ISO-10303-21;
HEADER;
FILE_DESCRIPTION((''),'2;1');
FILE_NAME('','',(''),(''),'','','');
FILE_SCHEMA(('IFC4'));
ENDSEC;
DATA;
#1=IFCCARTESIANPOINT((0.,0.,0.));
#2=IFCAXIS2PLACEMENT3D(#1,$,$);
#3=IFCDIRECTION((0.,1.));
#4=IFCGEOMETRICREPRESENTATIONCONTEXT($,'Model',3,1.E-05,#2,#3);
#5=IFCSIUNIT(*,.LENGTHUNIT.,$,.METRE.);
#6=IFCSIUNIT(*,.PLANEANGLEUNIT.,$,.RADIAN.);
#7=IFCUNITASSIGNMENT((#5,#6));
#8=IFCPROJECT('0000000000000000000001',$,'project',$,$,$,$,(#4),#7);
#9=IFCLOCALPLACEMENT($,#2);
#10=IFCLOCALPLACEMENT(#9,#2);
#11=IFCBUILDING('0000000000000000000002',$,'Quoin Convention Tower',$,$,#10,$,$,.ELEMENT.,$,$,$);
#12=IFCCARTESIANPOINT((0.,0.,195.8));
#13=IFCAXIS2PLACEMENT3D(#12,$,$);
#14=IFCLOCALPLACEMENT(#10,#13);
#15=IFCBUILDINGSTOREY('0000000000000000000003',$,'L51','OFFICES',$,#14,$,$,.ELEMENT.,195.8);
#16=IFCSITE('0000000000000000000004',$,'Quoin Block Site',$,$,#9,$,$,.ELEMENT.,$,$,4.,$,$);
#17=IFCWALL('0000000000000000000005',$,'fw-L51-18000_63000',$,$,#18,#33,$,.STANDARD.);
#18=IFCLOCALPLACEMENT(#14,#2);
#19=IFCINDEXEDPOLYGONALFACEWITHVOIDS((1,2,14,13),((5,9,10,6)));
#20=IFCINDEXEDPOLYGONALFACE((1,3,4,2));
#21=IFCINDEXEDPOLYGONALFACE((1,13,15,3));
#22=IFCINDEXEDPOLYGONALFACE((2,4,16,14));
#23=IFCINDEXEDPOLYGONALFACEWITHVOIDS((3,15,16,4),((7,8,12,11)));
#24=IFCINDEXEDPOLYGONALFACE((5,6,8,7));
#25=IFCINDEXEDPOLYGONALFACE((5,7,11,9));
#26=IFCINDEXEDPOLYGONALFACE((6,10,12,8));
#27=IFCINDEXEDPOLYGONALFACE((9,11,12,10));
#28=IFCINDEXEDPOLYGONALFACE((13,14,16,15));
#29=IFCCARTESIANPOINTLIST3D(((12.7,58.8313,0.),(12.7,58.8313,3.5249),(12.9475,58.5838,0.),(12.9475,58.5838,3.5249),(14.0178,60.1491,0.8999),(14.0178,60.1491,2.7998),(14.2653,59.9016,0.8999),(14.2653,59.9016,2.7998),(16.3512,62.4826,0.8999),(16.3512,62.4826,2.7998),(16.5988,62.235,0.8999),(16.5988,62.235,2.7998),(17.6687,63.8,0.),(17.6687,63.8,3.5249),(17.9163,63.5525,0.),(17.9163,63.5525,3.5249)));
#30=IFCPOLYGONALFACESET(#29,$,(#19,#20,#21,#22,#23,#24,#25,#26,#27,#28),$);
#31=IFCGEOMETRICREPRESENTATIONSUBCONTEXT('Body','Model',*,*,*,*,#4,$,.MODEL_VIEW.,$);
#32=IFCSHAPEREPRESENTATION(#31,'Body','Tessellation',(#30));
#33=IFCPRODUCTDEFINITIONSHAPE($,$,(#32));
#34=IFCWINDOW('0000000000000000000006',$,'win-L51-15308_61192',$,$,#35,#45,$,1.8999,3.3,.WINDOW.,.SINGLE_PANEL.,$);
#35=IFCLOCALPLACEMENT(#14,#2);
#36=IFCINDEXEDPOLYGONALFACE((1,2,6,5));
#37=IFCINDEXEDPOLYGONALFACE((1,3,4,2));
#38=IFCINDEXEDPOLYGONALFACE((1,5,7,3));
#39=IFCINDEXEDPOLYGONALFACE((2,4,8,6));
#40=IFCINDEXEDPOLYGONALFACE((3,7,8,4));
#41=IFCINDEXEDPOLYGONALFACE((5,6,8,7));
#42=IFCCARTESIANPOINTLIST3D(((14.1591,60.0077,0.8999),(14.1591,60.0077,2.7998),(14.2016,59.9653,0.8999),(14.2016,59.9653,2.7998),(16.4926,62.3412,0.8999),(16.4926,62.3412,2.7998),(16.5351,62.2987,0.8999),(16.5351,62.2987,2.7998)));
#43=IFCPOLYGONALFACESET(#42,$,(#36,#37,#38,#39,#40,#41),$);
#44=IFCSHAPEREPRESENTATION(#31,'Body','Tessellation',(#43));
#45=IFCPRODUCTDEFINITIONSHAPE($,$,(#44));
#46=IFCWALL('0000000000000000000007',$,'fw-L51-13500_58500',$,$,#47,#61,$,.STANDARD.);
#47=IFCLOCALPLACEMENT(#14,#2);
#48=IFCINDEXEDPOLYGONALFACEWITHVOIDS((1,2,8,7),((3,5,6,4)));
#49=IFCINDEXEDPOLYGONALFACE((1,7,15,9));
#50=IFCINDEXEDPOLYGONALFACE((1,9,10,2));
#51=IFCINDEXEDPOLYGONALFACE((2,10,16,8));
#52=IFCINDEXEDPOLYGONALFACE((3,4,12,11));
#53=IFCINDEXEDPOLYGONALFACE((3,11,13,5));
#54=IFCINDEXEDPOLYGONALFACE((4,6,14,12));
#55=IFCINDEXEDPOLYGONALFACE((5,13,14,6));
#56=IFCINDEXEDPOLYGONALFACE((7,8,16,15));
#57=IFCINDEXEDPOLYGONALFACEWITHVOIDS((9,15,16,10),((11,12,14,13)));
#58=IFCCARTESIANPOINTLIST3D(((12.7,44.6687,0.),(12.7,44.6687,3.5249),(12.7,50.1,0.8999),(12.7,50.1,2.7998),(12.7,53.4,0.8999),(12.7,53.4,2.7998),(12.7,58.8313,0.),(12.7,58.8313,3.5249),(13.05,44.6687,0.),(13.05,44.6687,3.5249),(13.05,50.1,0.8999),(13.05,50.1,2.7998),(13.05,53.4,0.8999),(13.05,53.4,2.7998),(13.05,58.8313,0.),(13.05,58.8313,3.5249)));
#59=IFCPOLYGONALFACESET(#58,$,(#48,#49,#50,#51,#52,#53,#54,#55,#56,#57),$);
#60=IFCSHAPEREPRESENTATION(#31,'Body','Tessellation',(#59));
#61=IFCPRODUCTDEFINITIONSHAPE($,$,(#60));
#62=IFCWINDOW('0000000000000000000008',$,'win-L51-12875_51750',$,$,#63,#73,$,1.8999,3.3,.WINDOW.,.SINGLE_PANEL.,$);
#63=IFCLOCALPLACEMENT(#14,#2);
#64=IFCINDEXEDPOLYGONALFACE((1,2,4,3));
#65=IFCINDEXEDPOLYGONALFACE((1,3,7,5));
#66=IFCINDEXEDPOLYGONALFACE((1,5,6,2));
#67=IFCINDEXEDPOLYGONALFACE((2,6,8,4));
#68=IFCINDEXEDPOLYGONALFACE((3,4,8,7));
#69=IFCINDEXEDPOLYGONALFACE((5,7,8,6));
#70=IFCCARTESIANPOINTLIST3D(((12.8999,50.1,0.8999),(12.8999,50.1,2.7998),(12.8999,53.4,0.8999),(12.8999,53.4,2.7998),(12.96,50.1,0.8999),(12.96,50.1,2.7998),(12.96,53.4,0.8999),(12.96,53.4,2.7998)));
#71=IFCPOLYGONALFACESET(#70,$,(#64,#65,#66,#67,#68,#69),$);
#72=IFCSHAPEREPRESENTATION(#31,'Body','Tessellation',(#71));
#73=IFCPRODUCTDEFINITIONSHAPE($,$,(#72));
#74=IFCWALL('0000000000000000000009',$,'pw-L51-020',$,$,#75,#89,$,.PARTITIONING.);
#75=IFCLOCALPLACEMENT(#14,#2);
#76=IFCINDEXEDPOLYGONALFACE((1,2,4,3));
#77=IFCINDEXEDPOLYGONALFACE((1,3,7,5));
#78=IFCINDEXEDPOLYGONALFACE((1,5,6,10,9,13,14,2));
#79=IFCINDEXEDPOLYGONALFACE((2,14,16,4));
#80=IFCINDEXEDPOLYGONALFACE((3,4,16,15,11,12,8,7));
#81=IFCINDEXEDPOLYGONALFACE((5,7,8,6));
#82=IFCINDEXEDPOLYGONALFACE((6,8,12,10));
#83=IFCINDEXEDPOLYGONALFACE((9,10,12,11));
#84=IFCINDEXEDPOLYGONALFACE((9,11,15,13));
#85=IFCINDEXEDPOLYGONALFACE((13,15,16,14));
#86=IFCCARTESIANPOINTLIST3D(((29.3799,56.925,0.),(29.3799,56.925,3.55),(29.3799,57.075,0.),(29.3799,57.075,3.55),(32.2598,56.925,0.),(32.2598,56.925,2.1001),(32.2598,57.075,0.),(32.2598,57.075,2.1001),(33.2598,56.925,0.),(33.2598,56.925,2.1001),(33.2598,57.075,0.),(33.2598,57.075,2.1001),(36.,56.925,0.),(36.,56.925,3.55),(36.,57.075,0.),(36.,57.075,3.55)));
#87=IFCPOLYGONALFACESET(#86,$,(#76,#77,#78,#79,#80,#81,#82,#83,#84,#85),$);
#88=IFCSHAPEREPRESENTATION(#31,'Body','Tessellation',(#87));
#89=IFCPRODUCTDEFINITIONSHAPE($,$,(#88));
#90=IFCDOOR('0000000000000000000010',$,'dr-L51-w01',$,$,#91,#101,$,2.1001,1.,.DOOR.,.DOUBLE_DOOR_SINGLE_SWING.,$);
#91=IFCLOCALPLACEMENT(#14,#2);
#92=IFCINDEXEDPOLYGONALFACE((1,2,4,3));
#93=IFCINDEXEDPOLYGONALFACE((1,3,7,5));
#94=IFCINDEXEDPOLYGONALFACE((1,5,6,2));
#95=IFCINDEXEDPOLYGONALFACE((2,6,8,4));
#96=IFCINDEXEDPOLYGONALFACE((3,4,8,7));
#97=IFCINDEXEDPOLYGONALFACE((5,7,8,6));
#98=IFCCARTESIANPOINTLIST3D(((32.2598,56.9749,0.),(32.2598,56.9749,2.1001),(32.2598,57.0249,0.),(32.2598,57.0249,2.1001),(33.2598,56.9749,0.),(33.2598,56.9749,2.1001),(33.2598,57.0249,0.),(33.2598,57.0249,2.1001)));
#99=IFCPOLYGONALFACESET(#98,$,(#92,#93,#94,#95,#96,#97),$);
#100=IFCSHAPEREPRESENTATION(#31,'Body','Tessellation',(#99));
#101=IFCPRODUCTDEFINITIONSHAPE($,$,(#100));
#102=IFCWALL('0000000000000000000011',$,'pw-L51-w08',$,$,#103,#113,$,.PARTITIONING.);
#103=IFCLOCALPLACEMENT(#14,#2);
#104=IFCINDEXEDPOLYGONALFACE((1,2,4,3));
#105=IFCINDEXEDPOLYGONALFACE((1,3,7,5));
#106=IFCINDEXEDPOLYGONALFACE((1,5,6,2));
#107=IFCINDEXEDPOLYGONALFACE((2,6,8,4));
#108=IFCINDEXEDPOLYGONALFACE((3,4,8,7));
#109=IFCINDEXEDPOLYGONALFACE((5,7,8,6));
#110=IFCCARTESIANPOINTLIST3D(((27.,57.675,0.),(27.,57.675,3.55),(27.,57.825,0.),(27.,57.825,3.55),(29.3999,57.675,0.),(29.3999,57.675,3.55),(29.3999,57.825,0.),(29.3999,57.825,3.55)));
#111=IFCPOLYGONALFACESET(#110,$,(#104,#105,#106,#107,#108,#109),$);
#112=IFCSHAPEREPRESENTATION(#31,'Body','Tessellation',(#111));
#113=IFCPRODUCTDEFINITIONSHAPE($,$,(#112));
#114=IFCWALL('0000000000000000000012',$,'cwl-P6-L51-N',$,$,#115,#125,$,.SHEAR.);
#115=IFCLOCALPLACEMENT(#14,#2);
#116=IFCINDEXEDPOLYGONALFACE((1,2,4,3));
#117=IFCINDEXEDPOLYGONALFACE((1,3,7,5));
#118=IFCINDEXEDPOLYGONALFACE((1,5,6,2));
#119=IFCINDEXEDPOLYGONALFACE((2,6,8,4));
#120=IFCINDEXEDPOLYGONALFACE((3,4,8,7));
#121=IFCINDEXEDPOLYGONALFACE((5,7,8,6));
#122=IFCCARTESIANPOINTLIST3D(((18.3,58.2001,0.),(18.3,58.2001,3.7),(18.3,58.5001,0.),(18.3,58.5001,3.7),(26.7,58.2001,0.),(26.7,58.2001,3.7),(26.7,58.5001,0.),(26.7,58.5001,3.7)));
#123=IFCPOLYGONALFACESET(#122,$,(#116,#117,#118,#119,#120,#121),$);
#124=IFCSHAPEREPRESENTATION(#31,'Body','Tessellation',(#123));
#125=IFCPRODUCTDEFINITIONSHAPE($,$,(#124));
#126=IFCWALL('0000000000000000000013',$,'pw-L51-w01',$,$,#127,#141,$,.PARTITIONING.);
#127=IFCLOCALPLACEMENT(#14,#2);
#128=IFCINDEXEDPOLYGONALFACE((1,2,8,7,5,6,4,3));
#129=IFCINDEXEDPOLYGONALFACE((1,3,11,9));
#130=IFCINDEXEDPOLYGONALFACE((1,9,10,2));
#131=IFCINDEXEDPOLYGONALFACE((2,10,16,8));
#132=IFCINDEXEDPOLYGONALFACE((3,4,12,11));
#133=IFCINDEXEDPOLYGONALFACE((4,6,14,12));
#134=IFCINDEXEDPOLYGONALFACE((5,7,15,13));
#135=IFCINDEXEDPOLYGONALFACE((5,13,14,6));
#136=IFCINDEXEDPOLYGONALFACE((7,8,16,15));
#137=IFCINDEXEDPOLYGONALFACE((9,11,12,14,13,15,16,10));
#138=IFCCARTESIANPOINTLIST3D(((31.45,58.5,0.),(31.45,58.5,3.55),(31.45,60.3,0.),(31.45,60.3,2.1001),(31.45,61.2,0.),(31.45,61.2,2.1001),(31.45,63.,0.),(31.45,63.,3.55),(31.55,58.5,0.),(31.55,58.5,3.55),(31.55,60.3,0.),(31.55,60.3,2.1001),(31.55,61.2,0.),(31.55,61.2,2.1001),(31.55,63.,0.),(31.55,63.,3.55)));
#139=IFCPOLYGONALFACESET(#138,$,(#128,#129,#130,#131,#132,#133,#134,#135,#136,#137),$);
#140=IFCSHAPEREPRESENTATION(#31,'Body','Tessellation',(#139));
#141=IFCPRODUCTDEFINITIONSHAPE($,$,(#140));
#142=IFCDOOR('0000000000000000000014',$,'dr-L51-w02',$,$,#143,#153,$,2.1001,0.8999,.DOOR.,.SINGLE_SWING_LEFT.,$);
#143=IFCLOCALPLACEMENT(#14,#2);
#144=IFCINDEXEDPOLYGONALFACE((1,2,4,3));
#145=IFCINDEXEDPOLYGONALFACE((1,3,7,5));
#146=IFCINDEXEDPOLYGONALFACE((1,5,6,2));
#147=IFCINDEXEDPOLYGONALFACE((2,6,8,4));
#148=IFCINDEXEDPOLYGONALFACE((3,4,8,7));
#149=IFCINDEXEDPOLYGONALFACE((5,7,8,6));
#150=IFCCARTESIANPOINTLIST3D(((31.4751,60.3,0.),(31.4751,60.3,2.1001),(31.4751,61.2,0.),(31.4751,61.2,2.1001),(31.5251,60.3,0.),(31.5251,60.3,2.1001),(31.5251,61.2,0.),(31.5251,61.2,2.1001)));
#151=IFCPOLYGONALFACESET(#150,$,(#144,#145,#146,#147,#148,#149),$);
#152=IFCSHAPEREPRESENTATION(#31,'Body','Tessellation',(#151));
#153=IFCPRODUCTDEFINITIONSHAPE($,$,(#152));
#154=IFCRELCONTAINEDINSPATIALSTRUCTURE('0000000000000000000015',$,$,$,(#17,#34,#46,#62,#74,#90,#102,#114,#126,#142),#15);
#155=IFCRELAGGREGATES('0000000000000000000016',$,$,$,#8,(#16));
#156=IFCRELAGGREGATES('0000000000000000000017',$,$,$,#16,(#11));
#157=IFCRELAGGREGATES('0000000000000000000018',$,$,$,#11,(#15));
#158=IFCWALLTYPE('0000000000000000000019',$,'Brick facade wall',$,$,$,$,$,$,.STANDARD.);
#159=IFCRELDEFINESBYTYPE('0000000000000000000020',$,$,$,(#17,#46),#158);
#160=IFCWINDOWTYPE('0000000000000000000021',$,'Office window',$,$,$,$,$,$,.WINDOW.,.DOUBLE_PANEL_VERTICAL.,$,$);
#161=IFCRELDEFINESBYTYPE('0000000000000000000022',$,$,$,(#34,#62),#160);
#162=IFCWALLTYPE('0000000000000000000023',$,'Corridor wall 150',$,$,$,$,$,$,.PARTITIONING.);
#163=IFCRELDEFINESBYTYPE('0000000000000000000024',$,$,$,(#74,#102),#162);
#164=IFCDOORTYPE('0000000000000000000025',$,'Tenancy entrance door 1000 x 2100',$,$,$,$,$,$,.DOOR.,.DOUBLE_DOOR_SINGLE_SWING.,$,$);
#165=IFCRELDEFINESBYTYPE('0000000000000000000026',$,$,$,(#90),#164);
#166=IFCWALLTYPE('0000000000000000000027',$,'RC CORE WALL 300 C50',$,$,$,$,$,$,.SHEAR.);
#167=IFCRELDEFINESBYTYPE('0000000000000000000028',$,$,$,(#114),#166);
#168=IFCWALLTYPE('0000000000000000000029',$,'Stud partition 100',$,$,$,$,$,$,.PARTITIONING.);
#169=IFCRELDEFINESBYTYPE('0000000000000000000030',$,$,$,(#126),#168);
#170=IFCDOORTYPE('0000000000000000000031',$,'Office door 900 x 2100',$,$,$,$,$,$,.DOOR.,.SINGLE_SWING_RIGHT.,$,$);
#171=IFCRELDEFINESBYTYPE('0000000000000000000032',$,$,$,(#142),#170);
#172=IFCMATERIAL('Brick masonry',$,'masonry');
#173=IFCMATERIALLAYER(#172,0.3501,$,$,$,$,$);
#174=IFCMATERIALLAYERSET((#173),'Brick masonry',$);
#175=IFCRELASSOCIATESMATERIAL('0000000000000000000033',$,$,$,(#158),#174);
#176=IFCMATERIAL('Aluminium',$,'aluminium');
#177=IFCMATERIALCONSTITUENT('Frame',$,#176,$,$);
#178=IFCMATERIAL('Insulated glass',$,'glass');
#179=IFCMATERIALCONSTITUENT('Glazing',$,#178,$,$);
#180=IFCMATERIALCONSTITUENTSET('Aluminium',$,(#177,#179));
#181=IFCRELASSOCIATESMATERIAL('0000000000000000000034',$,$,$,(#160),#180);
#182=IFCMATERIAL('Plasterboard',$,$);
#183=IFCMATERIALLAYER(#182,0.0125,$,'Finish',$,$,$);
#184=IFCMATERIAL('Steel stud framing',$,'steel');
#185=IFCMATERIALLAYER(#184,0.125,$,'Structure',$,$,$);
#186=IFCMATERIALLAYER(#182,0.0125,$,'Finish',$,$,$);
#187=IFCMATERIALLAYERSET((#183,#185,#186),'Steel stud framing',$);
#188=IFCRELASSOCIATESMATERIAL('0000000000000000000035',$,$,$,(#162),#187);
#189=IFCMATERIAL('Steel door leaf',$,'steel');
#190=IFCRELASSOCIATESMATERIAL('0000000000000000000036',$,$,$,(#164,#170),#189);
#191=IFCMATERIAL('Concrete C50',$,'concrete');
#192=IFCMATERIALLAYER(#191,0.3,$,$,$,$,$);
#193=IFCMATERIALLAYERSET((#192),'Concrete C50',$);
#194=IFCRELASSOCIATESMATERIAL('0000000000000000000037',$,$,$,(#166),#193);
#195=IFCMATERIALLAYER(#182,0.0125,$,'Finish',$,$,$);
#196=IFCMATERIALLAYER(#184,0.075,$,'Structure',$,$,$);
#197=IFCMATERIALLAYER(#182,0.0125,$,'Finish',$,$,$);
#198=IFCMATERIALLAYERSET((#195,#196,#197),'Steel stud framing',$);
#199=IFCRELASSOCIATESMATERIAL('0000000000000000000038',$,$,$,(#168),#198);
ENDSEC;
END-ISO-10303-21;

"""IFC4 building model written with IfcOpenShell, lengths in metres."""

from ifc_helpers import new_model, si_unit, direction, frame, frame_2d, origin, place, context, subcontext, project, spatial, rectangle, extrude, material, layer, layer_set, constituent, constituent_set, type_object, element, fill, save


model = new_model("IFC4")

# Units and contexts
model_context = context("Model", 3, precision=1e-05, world=origin(), true_north=direction((0.0, 1.0)))
body_context = subcontext(model_context, "Body", "Model", "MODEL_VIEW")
ifc_project = project(units=[si_unit("LENGTHUNIT", "METRE"), si_unit("PLANEANGLEUNIT", "RADIAN")], contexts=[model_context])

# Site, building, storey
site_placement = place(None, origin())
site = spatial("IfcSite", under=ifc_project, at=site_placement, Name="Quoin Block Site", CompositionType="ELEMENT", RefElevation=4.0)
building_placement = place(site_placement, origin())
building = spatial("IfcBuilding", under=site, at=building_placement, Name="Quoin Convention Tower", CompositionType="ELEMENT")
storey_placement = place(building_placement, frame((0.0, 0.0, 195.8)))
storey = spatial("IfcBuildingStorey", under=building, at=storey_placement, Name="L51", Description="OFFICES", CompositionType="ELEMENT", Elevation=195.8)

# Shared definitions
ifc_material_1 = material(Name="Concrete C50", Category="concrete")

# Walls, openings, windows
ifc_material_2 = material(Name="Brick masonry", Category="masonry")
ifc_layer_1 = layer(ifc_material_2, 0.3501)
ifc_layer_set_1 = layer_set([ifc_layer_1], Name="Brick masonry")
wall_type_1 = type_object("IfcWallType", Name="Brick facade wall", PredefinedType="STANDARD", material=ifc_layer_set_1)
ifc_material_3 = material(Name="Aluminium", Category="aluminium")
ifc_constituent_1 = constituent(ifc_material_3, Name="Frame")
ifc_material_4 = material(Name="Insulated glass", Category="glass")
ifc_constituent_2 = constituent(ifc_material_4, Name="Glazing")
ifc_constituent_set = constituent_set(constituents=[ifc_constituent_1, ifc_constituent_2], Name="Aluminium")
window_type = type_object("IfcWindowType", Name="Office window", PartitioningType="DOUBLE_PANEL_VERTICAL", PredefinedType="WINDOW", material=ifc_constituent_set)
wall_1_placement = place(storey_placement, frame((17.7925, 63.6763, 0.0), z_axis=(0.0, 0.0, 1.0), x_axis=(-0.707107, -0.707107, 0.0)))
wall_1 = element("IfcWall", 1, at=wall_1_placement, inside=storey, type_object=wall_type_1, Name="fw-L51-18000_63000", PredefinedType="STANDARD", context=body_context, shape_type="SweptSolid", body=[
    extrude(rectangle(XDim=7.0269, YDim=0.3501, at=frame_2d((3.5134, 0.0))), origin(), (0.0, 0.0, 1.0), 3.5249),
])
opening_1_placement = place(wall_1_placement, frame((1.8633, 0.0, 0.8999)))
opening_1 = element("IfcOpeningElement", 2, at=opening_1_placement, cuts=wall_1, PredefinedType="OPENING", context=body_context, shape_type="SweptSolid", body=[
    extrude(rectangle(XDim=3.3, YDim=1.8999, at=frame_2d((1.6499, 0.95))), frame((0.0, 0.1851, 0.0), z_axis=(0.0, -1.0, 0.0), x_axis=(1.0, 0.0, 0.0)), (0.0, 0.0, 1.0), 0.3701),
])
window_1_placement = place(opening_1_placement, origin())
window_1 = element("IfcWindow", 3, at=window_1_placement, inside=storey, type_object=window_type, Name="win-L51-15308_61192", OverallHeight=1.8999, OverallWidth=3.3, PartitioningType="SINGLE_PANEL", PredefinedType="WINDOW", context=body_context, shape_type="SweptSolid", body=[
    extrude(rectangle(XDim=3.3, YDim=1.8999, at=frame_2d((1.6499, 0.95))), frame((0.0, 0.085, 0.0), z_axis=(0.0, -1.0, 0.0), x_axis=(1.0, 0.0, 0.0)), (0.0, 0.0, 1.0), 0.0601),
])
fill(opening_1, window_1)
wall_2_placement = place(storey_placement, frame((12.875, 58.8313, 0.0), z_axis=(0.0, 0.0, 1.0), x_axis=(0.0, -1.0, 0.0)))
wall_2 = element("IfcWall", 4, at=wall_2_placement, inside=storey, type_object=wall_type_1, Name="fw-L51-13500_58500", PredefinedType="STANDARD", context=body_context, shape_type="SweptSolid", body=[
    extrude(rectangle(XDim=14.1626, YDim=0.3501, at=frame_2d((7.0813, 0.0))), origin(), (0.0, 0.0, 1.0), 3.5249),
])
opening_2_placement = place(wall_2_placement, frame((5.4314, 0.0, 0.8999)))
opening_2 = element("IfcOpeningElement", 5, at=opening_2_placement, cuts=wall_2, PredefinedType="OPENING", context=body_context, shape_type="SweptSolid", body=[
    extrude(rectangle(XDim=3.3, YDim=1.8999, at=frame_2d((1.6499, 0.95))), frame((0.0, 0.1851, 0.0), z_axis=(0.0, -1.0, 0.0), x_axis=(1.0, 0.0, 0.0)), (0.0, 0.0, 1.0), 0.3701),
])
window_2_placement = place(opening_2_placement, origin())
window_2 = element("IfcWindow", 6, at=window_2_placement, inside=storey, type_object=window_type, Name="win-L51-12875_51750", OverallHeight=1.8999, OverallWidth=3.3, PartitioningType="SINGLE_PANEL", PredefinedType="WINDOW", context=body_context, shape_type="SweptSolid", body=[
    extrude(rectangle(XDim=3.3, YDim=1.8999, at=frame_2d((1.6499, 0.95))), frame((0.0, 0.085, 0.0), z_axis=(0.0, -1.0, 0.0), x_axis=(1.0, 0.0, 0.0)), (0.0, 0.0, 1.0), 0.0601),
])
fill(opening_2, window_2)

# Wall, opening, door
ifc_material_5 = material(Name="Plasterboard")
ifc_layer_2 = layer(ifc_material_5, 0.0125, Name="Finish")
ifc_material_6 = material(Name="Steel stud framing", Category="steel")
ifc_layer_3 = layer(ifc_material_6, 0.125, Name="Structure")
ifc_layer_4 = layer(ifc_material_5, 0.0125, Name="Finish")
ifc_layer_set_2 = layer_set([ifc_layer_2, ifc_layer_3, ifc_layer_4], Name="Steel stud framing")
wall_type_2 = type_object("IfcWallType", Name="Corridor wall 150", PredefinedType="PARTITIONING", material=ifc_layer_set_2)
wall_3_placement = place(storey_placement, frame((29.3799, 57.0, 0.0), z_axis=(0.0, 0.0, 1.0), x_axis=(1.0, 0.0, 0.0)))
wall_3 = element("IfcWall", 7, at=wall_3_placement, inside=storey, type_object=wall_type_2, Name="pw-L51-020", PredefinedType="PARTITIONING", context=body_context, shape_type="SweptSolid", body=[
    extrude(rectangle(XDim=6.6201, YDim=0.1499, at=frame_2d((3.3101, 0.0))), origin(), (0.0, 0.0, 1.0), 3.55),
])
opening_3_placement = place(wall_3_placement, frame((2.8799, 0.0, 0.0)))
opening_3 = element("IfcOpeningElement", 8, at=opening_3_placement, cuts=wall_3, PredefinedType="OPENING", context=body_context, shape_type="SweptSolid", body=[
    extrude(rectangle(XDim=1.0, YDim=2.1001, at=frame_2d((0.5, 1.05))), frame((0.0, 0.085, 0.0), z_axis=(0.0, -1.0, 0.0), x_axis=(1.0, 0.0, 0.0)), (0.0, 0.0, 1.0), 0.1699),
])
ifc_material_7 = material(Name="Steel door leaf", Category="steel")
door_type_1 = type_object("IfcDoorType", Name="Tenancy entrance door 1000 x 2100", OperationType="DOUBLE_DOOR_SINGLE_SWING", PredefinedType="DOOR", material=ifc_material_7)
door_1_placement = place(opening_3_placement, origin())
door_1 = element("IfcDoor", 9, at=door_1_placement, inside=storey, type_object=door_type_1, Name="dr-L51-w01", OperationType="DOUBLE_DOOR_SINGLE_SWING", OverallHeight=2.1001, OverallWidth=1.0, PredefinedType="DOOR", context=body_context, shape_type="SweptSolid", body=[
    extrude(rectangle(XDim=1.0, YDim=2.1001, at=frame_2d((0.5, 1.05))), frame((0.0, 0.0249, 0.0), z_axis=(0.0, -1.0, 0.0), x_axis=(1.0, 0.0, 0.0)), (0.0, 0.0, 1.0), 0.05),
])
fill(opening_3, door_1)

# Walls
wall_4_placement = place(storey_placement, frame((27.0, 57.75, 0.0), z_axis=(0.0, 0.0, 1.0), x_axis=(1.0, 0.0, 0.0)))
element("IfcWall", 10, at=wall_4_placement, inside=storey, type_object=wall_type_2, Name="pw-L51-w08", PredefinedType="PARTITIONING", context=body_context, shape_type="SweptSolid", body=[
    extrude(rectangle(XDim=2.3999, YDim=0.1499, at=frame_2d((1.2, 0.0))), origin(), (0.0, 0.0, 1.0), 3.55),
])
ifc_layer_5 = layer(ifc_material_1, 0.3)
ifc_layer_set_3 = layer_set([ifc_layer_5], Name="Concrete C50")
wall_type_3 = type_object("IfcWallType", Name="RC CORE WALL 300 C50", PredefinedType="SHEAR", material=ifc_layer_set_3)
wall_5_placement = place(storey_placement, frame((18.3, 58.3501, 0.0), z_axis=(0.0, 0.0, 1.0), x_axis=(1.0, 0.0, 0.0)))
element("IfcWall", 11, at=wall_5_placement, inside=storey, type_object=wall_type_3, Name="cwl-P6-L51-N", PredefinedType="SHEAR", context=body_context, shape_type="SweptSolid", body=[
    extrude(rectangle(XDim=8.3999, YDim=0.3, at=frame_2d((4.2, 0.0))), origin(), (0.0, 0.0, 1.0), 3.7),
])

# Wall, opening, door
ifc_layer_6 = layer(ifc_material_5, 0.0125, Name="Finish")
ifc_layer_7 = layer(ifc_material_6, 0.075, Name="Structure")
ifc_layer_8 = layer(ifc_material_5, 0.0125, Name="Finish")
ifc_layer_set_4 = layer_set([ifc_layer_6, ifc_layer_7, ifc_layer_8], Name="Steel stud framing")
wall_type_4 = type_object("IfcWallType", Name="Stud partition 100", PredefinedType="PARTITIONING", material=ifc_layer_set_4)
wall_6_placement = place(storey_placement, frame((31.5, 63.0, 0.0), z_axis=(0.0, 0.0, 1.0), x_axis=(0.0, -1.0, 0.0)))
wall_6 = element("IfcWall", 12, at=wall_6_placement, inside=storey, type_object=wall_type_4, Name="pw-L51-w01", PredefinedType="PARTITIONING", context=body_context, shape_type="SweptSolid", body=[
    extrude(rectangle(XDim=4.5, YDim=0.1001, at=frame_2d((2.25, 0.0))), origin(), (0.0, 0.0, 1.0), 3.55),
])
opening_4_placement = place(wall_6_placement, frame((1.8, 0.0, 0.0)))
opening_4 = element("IfcOpeningElement", 13, at=opening_4_placement, cuts=wall_6, PredefinedType="OPENING", context=body_context, shape_type="SweptSolid", body=[
    extrude(rectangle(XDim=0.8999, YDim=2.1001, at=frame_2d((0.45, 1.05))), frame((0.0, 0.0601, 0.0), z_axis=(0.0, -1.0, 0.0), x_axis=(1.0, 0.0, 0.0)), (0.0, 0.0, 1.0), 0.1201),
])
door_type_2 = type_object("IfcDoorType", Name="Office door 900 x 2100", OperationType="SINGLE_SWING_RIGHT", PredefinedType="DOOR", material=ifc_material_7)
door_2_placement = place(opening_4_placement, frame((0.8999, 0.0, 0.0), z_axis=(0.0, 0.0, 1.0), x_axis=(-1.0, 0.0, 0.0)))
door_2 = element("IfcDoor", 14, at=door_2_placement, inside=storey, type_object=door_type_2, Name="dr-L51-w02", OperationType="SINGLE_SWING_LEFT", OverallHeight=2.1001, OverallWidth=0.8999, PredefinedType="DOOR", context=body_context, shape_type="SweptSolid", body=[
    extrude(rectangle(XDim=0.8999, YDim=2.1001, at=frame_2d((0.45, 1.05))), frame((0.0, 0.0249, 0.0), z_axis=(0.0, -1.0, 0.0), x_axis=(1.0, 0.0, 0.0)), (0.0, 0.0, 1.0), 0.05),
])
fill(opening_4, door_2)

save(model, "model.ifc")
